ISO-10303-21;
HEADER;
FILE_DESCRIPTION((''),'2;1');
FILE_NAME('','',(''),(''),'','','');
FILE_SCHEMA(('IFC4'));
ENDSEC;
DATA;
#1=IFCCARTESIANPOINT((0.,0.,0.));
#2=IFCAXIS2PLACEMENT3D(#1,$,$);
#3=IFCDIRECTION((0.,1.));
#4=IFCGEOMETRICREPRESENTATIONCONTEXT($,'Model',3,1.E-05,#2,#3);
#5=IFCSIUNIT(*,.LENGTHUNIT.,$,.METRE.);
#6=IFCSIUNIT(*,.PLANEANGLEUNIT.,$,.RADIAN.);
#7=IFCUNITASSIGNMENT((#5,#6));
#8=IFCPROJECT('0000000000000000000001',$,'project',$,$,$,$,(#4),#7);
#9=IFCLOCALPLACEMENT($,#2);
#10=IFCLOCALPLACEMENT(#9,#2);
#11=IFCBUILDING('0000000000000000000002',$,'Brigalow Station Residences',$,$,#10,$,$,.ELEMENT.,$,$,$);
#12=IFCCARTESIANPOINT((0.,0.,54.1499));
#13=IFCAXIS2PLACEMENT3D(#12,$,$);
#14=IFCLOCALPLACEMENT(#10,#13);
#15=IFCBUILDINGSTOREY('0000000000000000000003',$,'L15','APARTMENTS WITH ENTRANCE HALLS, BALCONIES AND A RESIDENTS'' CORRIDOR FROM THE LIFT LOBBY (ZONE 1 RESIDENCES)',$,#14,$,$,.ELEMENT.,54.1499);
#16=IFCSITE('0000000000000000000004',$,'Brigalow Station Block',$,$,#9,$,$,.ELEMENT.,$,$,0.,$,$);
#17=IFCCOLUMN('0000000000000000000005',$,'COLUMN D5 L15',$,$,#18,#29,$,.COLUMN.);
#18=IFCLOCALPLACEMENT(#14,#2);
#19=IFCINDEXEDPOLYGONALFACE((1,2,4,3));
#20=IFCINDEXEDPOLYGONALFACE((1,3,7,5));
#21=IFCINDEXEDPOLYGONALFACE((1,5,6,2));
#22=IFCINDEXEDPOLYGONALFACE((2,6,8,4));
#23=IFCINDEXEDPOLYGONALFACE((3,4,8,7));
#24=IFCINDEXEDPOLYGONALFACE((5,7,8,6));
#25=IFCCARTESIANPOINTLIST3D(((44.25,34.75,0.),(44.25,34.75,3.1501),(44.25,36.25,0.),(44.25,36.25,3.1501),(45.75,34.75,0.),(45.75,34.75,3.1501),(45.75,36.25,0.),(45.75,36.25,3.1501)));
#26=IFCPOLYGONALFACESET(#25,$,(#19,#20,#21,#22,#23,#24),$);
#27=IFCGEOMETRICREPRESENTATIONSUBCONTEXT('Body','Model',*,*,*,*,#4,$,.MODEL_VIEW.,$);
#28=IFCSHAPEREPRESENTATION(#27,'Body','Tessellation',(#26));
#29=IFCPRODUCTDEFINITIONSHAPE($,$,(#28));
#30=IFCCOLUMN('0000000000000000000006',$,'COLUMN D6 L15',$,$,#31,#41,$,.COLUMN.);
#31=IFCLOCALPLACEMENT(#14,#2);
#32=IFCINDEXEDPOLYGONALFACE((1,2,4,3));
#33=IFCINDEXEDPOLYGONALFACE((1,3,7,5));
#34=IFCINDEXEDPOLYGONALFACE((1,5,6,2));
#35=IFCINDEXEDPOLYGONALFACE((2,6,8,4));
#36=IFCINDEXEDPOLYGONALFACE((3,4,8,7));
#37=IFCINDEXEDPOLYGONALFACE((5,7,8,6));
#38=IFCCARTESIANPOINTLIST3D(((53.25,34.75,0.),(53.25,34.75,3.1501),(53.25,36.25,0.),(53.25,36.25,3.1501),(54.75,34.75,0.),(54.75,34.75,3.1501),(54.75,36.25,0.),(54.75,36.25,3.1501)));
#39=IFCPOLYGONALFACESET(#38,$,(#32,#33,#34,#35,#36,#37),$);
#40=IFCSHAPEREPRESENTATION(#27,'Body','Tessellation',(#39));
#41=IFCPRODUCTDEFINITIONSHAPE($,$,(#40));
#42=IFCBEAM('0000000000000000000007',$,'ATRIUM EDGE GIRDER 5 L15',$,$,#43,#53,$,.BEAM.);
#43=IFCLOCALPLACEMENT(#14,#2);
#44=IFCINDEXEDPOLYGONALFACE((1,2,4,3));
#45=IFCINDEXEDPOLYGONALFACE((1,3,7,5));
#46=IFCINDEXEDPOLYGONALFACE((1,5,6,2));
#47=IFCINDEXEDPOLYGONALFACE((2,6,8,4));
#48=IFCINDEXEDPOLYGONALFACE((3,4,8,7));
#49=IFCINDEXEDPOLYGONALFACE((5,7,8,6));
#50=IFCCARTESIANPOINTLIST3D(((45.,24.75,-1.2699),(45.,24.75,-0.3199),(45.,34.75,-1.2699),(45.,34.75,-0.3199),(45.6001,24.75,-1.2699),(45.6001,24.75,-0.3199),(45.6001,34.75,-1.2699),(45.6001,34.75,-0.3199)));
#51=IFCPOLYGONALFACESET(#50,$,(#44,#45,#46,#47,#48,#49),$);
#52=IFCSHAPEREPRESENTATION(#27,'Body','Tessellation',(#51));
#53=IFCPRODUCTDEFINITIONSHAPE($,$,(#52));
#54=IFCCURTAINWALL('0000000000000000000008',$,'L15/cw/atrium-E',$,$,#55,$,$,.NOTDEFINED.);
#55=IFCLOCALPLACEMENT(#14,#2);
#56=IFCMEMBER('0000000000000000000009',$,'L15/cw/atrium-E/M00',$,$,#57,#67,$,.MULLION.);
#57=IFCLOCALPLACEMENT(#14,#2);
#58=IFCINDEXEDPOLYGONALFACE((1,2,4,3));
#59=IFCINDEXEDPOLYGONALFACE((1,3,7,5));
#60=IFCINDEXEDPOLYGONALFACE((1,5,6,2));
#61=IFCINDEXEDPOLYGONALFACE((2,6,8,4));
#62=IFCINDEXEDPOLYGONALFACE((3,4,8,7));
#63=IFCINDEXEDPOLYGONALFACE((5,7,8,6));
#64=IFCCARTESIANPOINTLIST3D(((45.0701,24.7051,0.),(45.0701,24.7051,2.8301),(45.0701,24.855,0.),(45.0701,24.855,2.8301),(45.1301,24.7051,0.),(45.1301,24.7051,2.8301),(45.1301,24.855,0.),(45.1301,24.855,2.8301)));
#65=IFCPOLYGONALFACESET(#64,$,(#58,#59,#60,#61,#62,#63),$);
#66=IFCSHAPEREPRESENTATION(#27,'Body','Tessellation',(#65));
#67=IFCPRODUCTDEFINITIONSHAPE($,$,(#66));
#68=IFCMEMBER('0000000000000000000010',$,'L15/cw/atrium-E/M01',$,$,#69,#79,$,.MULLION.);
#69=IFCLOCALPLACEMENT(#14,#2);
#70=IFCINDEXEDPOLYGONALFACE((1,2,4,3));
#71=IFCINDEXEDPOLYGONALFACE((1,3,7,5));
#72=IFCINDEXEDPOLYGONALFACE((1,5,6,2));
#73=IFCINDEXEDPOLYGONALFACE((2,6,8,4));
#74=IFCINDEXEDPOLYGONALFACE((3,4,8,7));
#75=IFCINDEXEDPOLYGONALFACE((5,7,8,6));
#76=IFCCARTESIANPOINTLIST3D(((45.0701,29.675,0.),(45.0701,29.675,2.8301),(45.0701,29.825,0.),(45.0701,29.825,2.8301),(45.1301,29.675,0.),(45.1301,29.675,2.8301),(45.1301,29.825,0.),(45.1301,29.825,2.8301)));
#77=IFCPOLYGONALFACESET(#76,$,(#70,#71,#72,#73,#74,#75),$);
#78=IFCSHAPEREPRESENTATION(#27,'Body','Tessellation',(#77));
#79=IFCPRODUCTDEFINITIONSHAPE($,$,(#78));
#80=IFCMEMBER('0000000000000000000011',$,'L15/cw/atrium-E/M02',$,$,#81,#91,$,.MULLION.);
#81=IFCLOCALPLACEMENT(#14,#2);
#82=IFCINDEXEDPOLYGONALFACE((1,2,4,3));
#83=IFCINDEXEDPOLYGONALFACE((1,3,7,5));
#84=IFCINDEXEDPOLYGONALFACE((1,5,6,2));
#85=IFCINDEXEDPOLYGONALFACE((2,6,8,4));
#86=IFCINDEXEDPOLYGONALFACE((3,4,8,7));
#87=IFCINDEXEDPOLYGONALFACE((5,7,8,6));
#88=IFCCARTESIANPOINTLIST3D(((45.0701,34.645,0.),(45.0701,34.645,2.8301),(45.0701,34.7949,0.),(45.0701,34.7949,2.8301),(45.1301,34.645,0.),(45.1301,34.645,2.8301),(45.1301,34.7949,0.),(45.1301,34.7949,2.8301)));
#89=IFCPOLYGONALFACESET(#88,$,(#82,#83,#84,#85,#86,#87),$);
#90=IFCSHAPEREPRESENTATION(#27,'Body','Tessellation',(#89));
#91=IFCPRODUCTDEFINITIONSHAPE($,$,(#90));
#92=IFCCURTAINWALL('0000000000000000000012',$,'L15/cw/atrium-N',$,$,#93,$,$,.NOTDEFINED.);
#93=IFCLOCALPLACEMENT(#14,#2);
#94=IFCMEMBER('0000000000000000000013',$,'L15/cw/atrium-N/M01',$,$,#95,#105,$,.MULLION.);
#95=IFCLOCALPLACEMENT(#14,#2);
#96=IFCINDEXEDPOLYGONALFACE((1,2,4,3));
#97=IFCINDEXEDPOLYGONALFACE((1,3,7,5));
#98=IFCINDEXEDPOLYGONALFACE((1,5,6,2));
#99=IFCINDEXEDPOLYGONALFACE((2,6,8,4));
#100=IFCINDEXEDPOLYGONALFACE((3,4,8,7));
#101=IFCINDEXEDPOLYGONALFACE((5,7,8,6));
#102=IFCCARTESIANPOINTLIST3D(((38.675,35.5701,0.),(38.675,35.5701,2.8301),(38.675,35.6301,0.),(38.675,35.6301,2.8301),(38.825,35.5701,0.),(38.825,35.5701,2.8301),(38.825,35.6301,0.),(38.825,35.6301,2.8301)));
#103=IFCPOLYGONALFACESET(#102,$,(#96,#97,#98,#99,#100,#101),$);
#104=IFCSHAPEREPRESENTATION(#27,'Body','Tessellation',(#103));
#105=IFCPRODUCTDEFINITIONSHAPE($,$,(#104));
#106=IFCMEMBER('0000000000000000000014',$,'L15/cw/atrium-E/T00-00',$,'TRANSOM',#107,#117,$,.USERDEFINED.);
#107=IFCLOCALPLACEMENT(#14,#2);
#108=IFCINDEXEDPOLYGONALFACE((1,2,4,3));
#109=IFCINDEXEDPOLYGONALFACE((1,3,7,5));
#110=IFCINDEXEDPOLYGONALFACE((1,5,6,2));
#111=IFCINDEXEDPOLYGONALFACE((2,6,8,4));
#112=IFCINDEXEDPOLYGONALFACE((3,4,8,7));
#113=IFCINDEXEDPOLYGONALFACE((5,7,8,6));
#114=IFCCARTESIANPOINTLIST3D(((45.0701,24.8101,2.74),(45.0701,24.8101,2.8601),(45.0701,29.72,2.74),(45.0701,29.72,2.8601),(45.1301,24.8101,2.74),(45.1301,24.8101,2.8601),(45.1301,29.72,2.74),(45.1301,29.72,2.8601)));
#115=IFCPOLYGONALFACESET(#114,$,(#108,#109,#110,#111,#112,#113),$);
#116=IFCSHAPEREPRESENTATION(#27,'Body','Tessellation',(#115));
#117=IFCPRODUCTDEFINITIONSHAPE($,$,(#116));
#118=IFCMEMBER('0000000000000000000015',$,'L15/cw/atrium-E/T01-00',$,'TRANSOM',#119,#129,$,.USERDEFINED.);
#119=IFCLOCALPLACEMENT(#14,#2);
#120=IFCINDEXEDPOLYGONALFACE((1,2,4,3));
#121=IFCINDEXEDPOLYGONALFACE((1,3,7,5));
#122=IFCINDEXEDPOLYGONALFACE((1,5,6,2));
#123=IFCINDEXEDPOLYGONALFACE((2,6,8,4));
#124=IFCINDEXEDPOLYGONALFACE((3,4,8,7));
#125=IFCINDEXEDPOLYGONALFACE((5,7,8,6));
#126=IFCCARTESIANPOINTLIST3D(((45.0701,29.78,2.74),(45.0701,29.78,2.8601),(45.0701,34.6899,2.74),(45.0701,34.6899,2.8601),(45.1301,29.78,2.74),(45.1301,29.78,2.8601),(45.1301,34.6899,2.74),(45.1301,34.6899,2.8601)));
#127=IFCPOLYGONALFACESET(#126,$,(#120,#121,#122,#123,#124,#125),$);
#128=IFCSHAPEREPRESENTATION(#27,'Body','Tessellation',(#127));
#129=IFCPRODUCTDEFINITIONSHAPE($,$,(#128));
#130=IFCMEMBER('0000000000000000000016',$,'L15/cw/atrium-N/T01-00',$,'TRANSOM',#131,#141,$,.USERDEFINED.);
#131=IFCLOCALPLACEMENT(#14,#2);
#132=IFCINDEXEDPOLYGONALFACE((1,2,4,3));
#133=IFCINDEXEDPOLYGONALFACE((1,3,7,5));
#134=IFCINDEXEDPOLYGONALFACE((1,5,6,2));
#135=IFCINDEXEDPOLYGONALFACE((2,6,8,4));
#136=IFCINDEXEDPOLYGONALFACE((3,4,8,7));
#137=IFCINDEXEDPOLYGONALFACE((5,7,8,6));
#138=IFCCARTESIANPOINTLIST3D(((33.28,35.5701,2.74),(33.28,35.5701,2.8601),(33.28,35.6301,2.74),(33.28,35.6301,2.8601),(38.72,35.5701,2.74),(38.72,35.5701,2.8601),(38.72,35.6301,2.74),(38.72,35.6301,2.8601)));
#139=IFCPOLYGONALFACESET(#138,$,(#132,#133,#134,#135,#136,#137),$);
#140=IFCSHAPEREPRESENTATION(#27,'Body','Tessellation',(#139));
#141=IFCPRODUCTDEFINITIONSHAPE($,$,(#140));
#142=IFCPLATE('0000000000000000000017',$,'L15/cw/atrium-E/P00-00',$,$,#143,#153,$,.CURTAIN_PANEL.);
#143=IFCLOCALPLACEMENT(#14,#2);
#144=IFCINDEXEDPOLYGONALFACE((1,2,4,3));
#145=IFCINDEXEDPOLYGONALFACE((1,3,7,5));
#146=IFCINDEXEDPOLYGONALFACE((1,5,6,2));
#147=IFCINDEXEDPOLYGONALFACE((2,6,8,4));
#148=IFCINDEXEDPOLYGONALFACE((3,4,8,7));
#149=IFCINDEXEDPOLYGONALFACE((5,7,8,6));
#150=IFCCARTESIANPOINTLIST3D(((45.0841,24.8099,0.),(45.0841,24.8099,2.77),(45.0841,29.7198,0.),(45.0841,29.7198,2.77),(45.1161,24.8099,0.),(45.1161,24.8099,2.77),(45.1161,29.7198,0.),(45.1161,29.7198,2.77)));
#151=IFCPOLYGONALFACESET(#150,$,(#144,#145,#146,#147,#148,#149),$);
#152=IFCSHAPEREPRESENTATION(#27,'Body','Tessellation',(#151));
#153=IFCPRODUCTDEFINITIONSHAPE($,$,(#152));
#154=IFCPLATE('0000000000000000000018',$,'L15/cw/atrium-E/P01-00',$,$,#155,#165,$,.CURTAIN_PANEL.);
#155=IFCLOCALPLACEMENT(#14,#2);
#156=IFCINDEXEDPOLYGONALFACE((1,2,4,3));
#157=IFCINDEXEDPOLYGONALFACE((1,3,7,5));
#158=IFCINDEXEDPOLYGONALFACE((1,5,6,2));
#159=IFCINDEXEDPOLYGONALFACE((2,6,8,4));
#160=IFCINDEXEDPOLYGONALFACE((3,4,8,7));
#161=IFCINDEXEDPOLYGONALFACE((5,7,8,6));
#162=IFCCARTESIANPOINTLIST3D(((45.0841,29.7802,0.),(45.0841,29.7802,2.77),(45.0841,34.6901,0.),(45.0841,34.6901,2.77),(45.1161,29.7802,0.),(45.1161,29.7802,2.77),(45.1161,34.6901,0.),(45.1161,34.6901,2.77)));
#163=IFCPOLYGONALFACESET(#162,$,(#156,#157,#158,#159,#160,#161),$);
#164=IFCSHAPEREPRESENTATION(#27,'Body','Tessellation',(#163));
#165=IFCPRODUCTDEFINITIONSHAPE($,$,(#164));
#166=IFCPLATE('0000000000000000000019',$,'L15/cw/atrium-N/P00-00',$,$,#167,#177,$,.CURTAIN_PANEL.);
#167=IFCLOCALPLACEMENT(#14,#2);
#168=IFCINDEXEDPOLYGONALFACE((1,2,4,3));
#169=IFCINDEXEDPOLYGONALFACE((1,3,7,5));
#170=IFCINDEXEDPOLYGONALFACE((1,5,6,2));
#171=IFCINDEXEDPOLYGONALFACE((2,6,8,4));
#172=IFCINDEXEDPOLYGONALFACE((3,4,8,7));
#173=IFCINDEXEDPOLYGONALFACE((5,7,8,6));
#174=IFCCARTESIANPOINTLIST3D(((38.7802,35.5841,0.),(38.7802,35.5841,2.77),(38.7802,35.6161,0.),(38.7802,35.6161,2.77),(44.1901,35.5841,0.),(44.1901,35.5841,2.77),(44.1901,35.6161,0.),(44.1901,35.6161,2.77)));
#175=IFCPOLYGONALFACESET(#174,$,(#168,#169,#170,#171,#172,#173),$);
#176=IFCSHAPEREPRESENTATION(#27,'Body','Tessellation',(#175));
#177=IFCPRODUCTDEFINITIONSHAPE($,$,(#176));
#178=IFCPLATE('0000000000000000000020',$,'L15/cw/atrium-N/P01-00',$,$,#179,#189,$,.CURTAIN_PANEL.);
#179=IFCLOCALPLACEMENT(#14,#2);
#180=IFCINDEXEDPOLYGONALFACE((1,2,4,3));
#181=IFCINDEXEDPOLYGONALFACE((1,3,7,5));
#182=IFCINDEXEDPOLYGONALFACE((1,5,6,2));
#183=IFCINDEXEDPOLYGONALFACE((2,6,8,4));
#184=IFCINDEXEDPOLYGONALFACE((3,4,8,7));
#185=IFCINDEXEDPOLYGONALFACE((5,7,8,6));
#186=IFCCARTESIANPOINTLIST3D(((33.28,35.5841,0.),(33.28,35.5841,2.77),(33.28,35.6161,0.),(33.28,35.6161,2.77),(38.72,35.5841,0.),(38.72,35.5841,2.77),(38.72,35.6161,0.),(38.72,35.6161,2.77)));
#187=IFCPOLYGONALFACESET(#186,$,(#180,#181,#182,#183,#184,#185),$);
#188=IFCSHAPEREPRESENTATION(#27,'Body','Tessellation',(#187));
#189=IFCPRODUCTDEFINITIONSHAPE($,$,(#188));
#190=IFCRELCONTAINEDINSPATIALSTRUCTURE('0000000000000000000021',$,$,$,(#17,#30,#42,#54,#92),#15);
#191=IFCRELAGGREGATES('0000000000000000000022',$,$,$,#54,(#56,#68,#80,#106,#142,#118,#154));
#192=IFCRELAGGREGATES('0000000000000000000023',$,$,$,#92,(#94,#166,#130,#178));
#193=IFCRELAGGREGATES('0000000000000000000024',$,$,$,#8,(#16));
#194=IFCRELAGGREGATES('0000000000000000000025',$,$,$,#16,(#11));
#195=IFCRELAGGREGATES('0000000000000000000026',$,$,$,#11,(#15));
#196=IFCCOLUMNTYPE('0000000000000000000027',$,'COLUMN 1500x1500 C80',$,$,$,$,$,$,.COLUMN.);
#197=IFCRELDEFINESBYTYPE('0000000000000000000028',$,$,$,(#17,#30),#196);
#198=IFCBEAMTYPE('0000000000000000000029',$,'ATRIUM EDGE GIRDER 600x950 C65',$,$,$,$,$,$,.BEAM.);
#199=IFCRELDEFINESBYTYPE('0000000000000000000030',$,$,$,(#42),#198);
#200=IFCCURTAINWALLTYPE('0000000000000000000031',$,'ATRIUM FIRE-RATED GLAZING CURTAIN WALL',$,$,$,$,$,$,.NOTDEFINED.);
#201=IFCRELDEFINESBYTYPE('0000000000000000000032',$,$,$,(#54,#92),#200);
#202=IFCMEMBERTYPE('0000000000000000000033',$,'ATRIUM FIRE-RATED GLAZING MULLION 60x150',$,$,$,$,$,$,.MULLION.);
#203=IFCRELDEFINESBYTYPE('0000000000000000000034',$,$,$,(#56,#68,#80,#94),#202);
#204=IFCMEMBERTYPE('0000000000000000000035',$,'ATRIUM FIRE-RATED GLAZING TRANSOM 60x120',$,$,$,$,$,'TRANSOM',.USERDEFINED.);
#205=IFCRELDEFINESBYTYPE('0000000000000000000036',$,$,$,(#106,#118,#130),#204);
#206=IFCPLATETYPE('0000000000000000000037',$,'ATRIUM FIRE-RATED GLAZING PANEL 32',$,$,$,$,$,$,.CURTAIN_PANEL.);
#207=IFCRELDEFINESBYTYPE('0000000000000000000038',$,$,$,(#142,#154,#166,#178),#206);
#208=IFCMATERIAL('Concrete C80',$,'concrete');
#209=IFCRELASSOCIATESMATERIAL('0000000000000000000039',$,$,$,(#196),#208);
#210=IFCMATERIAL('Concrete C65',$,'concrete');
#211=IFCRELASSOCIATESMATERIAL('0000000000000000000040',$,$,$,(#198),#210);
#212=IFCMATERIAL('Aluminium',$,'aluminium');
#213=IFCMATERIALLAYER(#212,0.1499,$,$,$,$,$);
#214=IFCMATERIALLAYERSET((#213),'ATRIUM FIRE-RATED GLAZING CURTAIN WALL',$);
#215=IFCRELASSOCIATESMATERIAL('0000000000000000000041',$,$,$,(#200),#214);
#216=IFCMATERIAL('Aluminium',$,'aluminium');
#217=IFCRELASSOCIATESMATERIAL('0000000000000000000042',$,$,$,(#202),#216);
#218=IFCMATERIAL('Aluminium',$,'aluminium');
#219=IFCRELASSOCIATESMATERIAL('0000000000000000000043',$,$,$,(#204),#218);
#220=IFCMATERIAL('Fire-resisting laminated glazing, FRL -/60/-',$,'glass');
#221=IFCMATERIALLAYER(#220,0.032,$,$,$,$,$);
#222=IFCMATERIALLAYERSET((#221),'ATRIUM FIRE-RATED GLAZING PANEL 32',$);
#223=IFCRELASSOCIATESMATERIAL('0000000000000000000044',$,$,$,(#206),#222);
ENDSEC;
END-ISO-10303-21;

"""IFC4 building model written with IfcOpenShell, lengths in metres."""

from ifc_helpers import new_model, si_unit, direction, frame, origin, origin_2d, place, context, subcontext, project, spatial, rectangle, extrude, material, layer, layer_set, material_profile, profile_set, type_object, element, aggregate, save


model = new_model("IFC4")

# Units and contexts
model_context = context("Model", 3, precision=1e-05, world=origin(), true_north=direction((0.0, 1.0)))
body_context = subcontext(model_context, "Body", "Model", "MODEL_VIEW")
ifc_project = project(units=[si_unit("LENGTHUNIT", "METRE"), si_unit("PLANEANGLEUNIT", "RADIAN")], contexts=[model_context])

# Site, building, storey
site_placement = place(None, origin())
site = spatial("IfcSite", under=ifc_project, at=site_placement, Name="Brigalow Station Block", CompositionType="ELEMENT", RefElevation=0.0)
building_placement = place(site_placement, origin())
building = spatial("IfcBuilding", under=site, at=building_placement, Name="Brigalow Station Residences", CompositionType="ELEMENT")
storey_placement = place(building_placement, frame((0.0, 0.0, 54.1499)))
storey = spatial("IfcBuildingStorey", under=building, at=storey_placement, Name="L15", Description="APARTMENTS WITH ENTRANCE HALLS, BALCONIES AND A RESIDENTS' CORRIDOR FROM THE LIFT LOBBY (ZONE 1 RESIDENCES)", CompositionType="ELEMENT", Elevation=54.1499)

# Columns
ifc_material_1 = material(Name="Concrete C80", Category="concrete")
ifc_material_profile_1 = material_profile(ifc_material_1, rectangle(XDim=1.5, YDim=1.5, at=origin_2d()), Name="RC1500x1500")
ifc_profile_set_1 = profile_set([ifc_material_profile_1], Name="Concrete C80")
column_type = type_object("IfcColumnType", Name="COLUMN 1500x1500 C80", PredefinedType="COLUMN", material=ifc_profile_set_1)
for number, where, z_axis, x_axis, name in (
    (1, (45.0, 35.5, 0.0), (0.0, 0.0, 1.0), (1.0, 0.0, 0.0), "COLUMN D5 L15"),
    (2, (54.0, 35.5, 0.0), (0.0, 0.0, 1.0), (1.0, 0.0, 0.0), "COLUMN D6 L15"),
):
    element("IfcColumn", number, at=place(storey_placement, frame(where, z_axis=z_axis, x_axis=x_axis)), inside=storey, type_object=column_type, Name=name, PredefinedType="COLUMN", context=body_context, shape_type="SweptSolid", body=[
        extrude(rectangle(XDim=1.5, YDim=1.5, at=origin_2d()), origin(), (0.0, 0.0, 1.0), 3.1501),
    ])

# Beam
ifc_material_2 = material(Name="Concrete C65", Category="concrete")
ifc_material_profile_2 = material_profile(ifc_material_2, rectangle(XDim=0.6001, YDim=0.95, at=origin_2d()), Name="RC600x950")
ifc_profile_set_2 = profile_set([ifc_material_profile_2], Name="Concrete C65")
beam_type = type_object("IfcBeamType", Name="ATRIUM EDGE GIRDER 600x950 C65", PredefinedType="BEAM", material=ifc_profile_set_2)
beam_placement = place(storey_placement, frame((45.3, 24.75, -0.7949), z_axis=(0.0, 1.0, 0.0), x_axis=(-1.0, 0.0, 0.0)))
element("IfcBeam", 3, at=beam_placement, inside=storey, type_object=beam_type, Name="ATRIUM EDGE GIRDER 5 L15", PredefinedType="BEAM", context=body_context, shape_type="SweptSolid", body=[
    extrude(rectangle(XDim=0.6001, YDim=0.95, at=origin_2d()), origin(), (0.0, 0.0, 1.0), 10.0),
])

# Curtain wall, members
ifc_material_3 = material(Name="Aluminium", Category="aluminium")
ifc_layer_1 = layer(ifc_material_3, 0.1499)
ifc_layer_set_1 = layer_set([ifc_layer_1], Name="ATRIUM FIRE-RATED GLAZING CURTAIN WALL")
curtain_wall_type = type_object("IfcCurtainWallType", Name="ATRIUM FIRE-RATED GLAZING CURTAIN WALL", PredefinedType="NOTDEFINED", material=ifc_layer_set_1)
curtain_wall_1_placement = place(storey_placement, origin())
curtain_wall_1 = element("IfcCurtainWall", 4, at=curtain_wall_1_placement, inside=storey, type_object=curtain_wall_type, Name="L15/cw/atrium-E", PredefinedType="NOTDEFINED")
ifc_material_4 = material(Name="Aluminium", Category="aluminium")
ifc_material_profile_3 = material_profile(ifc_material_4, rectangle(XDim=0.0601, YDim=0.1499, at=origin_2d()), Name="ATRIUM FIRE-RATED GLAZING MULLION 60x150")
ifc_profile_set_3 = profile_set([ifc_material_profile_3], Name="Aluminium")
member_type_1 = type_object("IfcMemberType", Name="ATRIUM FIRE-RATED GLAZING MULLION 60x150", PredefinedType="MULLION", material=ifc_profile_set_3)
member_1_placement = place(storey_placement, frame((45.1001, 24.78, 0.0), z_axis=(0.0, 0.0, 1.0), x_axis=(-1.0, 0.0, 0.0)))
member_1 = element("IfcMember", 5, at=member_1_placement, type_object=member_type_1, Name="L15/cw/atrium-E/M00", PredefinedType="MULLION", context=body_context, shape_type="SweptSolid", body=[
    extrude(rectangle(XDim=0.0601, YDim=0.1499, at=origin_2d()), origin(), (0.0, 0.0, 1.0), 2.8301),
])
member_2_placement = place(storey_placement, frame((45.1001, 29.75, 0.0), z_axis=(0.0, 0.0, 1.0), x_axis=(-1.0, 0.0, 0.0)))
member_2 = element("IfcMember", 6, at=member_2_placement, type_object=member_type_1, Name="L15/cw/atrium-E/M01", PredefinedType="MULLION", context=body_context, shape_type="SweptSolid", body=[
    extrude(rectangle(XDim=0.0601, YDim=0.1499, at=origin_2d()), origin(), (0.0, 0.0, 1.0), 2.8301),
])
member_3_placement = place(storey_placement, frame((45.1001, 34.72, 0.0), z_axis=(0.0, 0.0, 1.0), x_axis=(-1.0, 0.0, 0.0)))
member_3 = element("IfcMember", 7, at=member_3_placement, type_object=member_type_1, Name="L15/cw/atrium-E/M02", PredefinedType="MULLION", context=body_context, shape_type="SweptSolid", body=[
    extrude(rectangle(XDim=0.0601, YDim=0.1499, at=origin_2d()), origin(), (0.0, 0.0, 1.0), 2.8301),
])

# Curtain wall, member
curtain_wall_2_placement = place(storey_placement, origin())
curtain_wall_2 = element("IfcCurtainWall", 8, at=curtain_wall_2_placement, inside=storey, type_object=curtain_wall_type, Name="L15/cw/atrium-N", PredefinedType="NOTDEFINED")
member_4_placement = place(storey_placement, frame((38.75, 35.6001, 0.0), z_axis=(0.0, 0.0, 1.0), x_axis=(0.0, -1.0, 0.0)))
member_4 = element("IfcMember", 9, at=member_4_placement, type_object=member_type_1, Name="L15/cw/atrium-N/M01", PredefinedType="MULLION", context=body_context, shape_type="SweptSolid", body=[
    extrude(rectangle(XDim=0.0601, YDim=0.1499, at=origin_2d()), origin(), (0.0, 0.0, 1.0), 2.8301),
])

# Members
ifc_material_5 = material(Name="Aluminium", Category="aluminium")
ifc_material_profile_4 = material_profile(ifc_material_5, rectangle(XDim=0.0601, YDim=0.1201, at=origin_2d()), Name="ATRIUM FIRE-RATED GLAZING TRANSOM 60x120")
ifc_profile_set_4 = profile_set([ifc_material_profile_4], Name="Aluminium")
member_type_2 = type_object("IfcMemberType", Name="ATRIUM FIRE-RATED GLAZING TRANSOM 60x120", ElementType="TRANSOM", PredefinedType="USERDEFINED", material=ifc_profile_set_4)
member_5_placement = place(storey_placement, frame((45.1001, 24.8101, 2.8), z_axis=(0.0, 1.0, 0.0), x_axis=(-1.0, 0.0, 0.0)))
member_5 = element("IfcMember", 10, at=member_5_placement, type_object=member_type_2, Name="L15/cw/atrium-E/T00-00", ObjectType="TRANSOM", PredefinedType="USERDEFINED", context=body_context, shape_type="SweptSolid", body=[
    extrude(rectangle(XDim=0.0601, YDim=0.1201, at=origin_2d()), origin(), (0.0, 0.0, 1.0), 4.9099),
])
member_6_placement = place(storey_placement, frame((45.1001, 29.78, 2.8), z_axis=(0.0, 1.0, 0.0), x_axis=(-1.0, 0.0, 0.0)))
member_6 = element("IfcMember", 11, at=member_6_placement, type_object=member_type_2, Name="L15/cw/atrium-E/T01-00", ObjectType="TRANSOM", PredefinedType="USERDEFINED", context=body_context, shape_type="SweptSolid", body=[
    extrude(rectangle(XDim=0.0601, YDim=0.1201, at=origin_2d()), origin(), (0.0, 0.0, 1.0), 4.9099),
])
member_7_placement = place(storey_placement, frame((38.72, 35.6001, 2.8), z_axis=(-1.0, 0.0, 0.0), x_axis=(0.0, -1.0, 0.0)))
member_7 = element("IfcMember", 12, at=member_7_placement, type_object=member_type_2, Name="L15/cw/atrium-N/T01-00", ObjectType="TRANSOM", PredefinedType="USERDEFINED", context=body_context, shape_type="SweptSolid", body=[
    extrude(rectangle(XDim=0.0601, YDim=0.1201, at=origin_2d()), origin(), (0.0, 0.0, 1.0), 5.4399),
])

# Plates
ifc_material_6 = material(Name="Fire-resisting laminated glazing, FRL -/60/-", Category="glass")
ifc_layer_2 = layer(ifc_material_6, 0.032)
ifc_layer_set_2 = layer_set([ifc_layer_2], Name="ATRIUM FIRE-RATED GLAZING PANEL 32")
plate_type = type_object("IfcPlateType", Name="ATRIUM FIRE-RATED GLAZING PANEL 32", PredefinedType="CURTAIN_PANEL", material=ifc_layer_set_2)
plate_1_placement = place(storey_placement, frame((45.1001, 27.2649, 0.0), z_axis=(0.0, 0.0, 1.0), x_axis=(0.0, 1.0, 0.0)))
plate_1 = element("IfcPlate", 13, at=plate_1_placement, type_object=plate_type, Name="L15/cw/atrium-E/P00-00", PredefinedType="CURTAIN_PANEL", context=body_context, shape_type="SweptSolid", body=[
    extrude(rectangle(XDim=4.9099, YDim=0.032, at=origin_2d()), origin(), (0.0, 0.0, 1.0), 2.77),
])
plate_2_placement = place(storey_placement, frame((45.1001, 32.2351, 0.0), z_axis=(0.0, 0.0, 1.0), x_axis=(0.0, 1.0, 0.0)))
plate_2 = element("IfcPlate", 14, at=plate_2_placement, type_object=plate_type, Name="L15/cw/atrium-E/P01-00", PredefinedType="CURTAIN_PANEL", context=body_context, shape_type="SweptSolid", body=[
    extrude(rectangle(XDim=4.9099, YDim=0.032, at=origin_2d()), origin(), (0.0, 0.0, 1.0), 2.77),
])
aggregate(curtain_wall_1, [member_1, member_2, member_3, member_5, plate_1, member_6, plate_2])
plate_3_placement = place(storey_placement, frame((41.4851, 35.6001, 0.0), z_axis=(0.0, 0.0, 1.0), x_axis=(-1.0, 0.0, 0.0)))
plate_3 = element("IfcPlate", 15, at=plate_3_placement, type_object=plate_type, Name="L15/cw/atrium-N/P00-00", PredefinedType="CURTAIN_PANEL", context=body_context, shape_type="SweptSolid", body=[
    extrude(rectangle(XDim=5.4099, YDim=0.032, at=origin_2d()), origin(), (0.0, 0.0, 1.0), 2.77),
])
plate_4_placement = place(storey_placement, frame((36.0, 35.6001, 0.0), z_axis=(0.0, 0.0, 1.0), x_axis=(-1.0, 0.0, 0.0)))
plate_4 = element("IfcPlate", 16, at=plate_4_placement, type_object=plate_type, Name="L15/cw/atrium-N/P01-00", PredefinedType="CURTAIN_PANEL", context=body_context, shape_type="SweptSolid", body=[
    extrude(rectangle(XDim=5.4399, YDim=0.032, at=origin_2d()), origin(), (0.0, 0.0, 1.0), 2.77),
])
aggregate(curtain_wall_2, [member_4, plate_3, member_7, plate_4])

save(model, "model.ifc")
